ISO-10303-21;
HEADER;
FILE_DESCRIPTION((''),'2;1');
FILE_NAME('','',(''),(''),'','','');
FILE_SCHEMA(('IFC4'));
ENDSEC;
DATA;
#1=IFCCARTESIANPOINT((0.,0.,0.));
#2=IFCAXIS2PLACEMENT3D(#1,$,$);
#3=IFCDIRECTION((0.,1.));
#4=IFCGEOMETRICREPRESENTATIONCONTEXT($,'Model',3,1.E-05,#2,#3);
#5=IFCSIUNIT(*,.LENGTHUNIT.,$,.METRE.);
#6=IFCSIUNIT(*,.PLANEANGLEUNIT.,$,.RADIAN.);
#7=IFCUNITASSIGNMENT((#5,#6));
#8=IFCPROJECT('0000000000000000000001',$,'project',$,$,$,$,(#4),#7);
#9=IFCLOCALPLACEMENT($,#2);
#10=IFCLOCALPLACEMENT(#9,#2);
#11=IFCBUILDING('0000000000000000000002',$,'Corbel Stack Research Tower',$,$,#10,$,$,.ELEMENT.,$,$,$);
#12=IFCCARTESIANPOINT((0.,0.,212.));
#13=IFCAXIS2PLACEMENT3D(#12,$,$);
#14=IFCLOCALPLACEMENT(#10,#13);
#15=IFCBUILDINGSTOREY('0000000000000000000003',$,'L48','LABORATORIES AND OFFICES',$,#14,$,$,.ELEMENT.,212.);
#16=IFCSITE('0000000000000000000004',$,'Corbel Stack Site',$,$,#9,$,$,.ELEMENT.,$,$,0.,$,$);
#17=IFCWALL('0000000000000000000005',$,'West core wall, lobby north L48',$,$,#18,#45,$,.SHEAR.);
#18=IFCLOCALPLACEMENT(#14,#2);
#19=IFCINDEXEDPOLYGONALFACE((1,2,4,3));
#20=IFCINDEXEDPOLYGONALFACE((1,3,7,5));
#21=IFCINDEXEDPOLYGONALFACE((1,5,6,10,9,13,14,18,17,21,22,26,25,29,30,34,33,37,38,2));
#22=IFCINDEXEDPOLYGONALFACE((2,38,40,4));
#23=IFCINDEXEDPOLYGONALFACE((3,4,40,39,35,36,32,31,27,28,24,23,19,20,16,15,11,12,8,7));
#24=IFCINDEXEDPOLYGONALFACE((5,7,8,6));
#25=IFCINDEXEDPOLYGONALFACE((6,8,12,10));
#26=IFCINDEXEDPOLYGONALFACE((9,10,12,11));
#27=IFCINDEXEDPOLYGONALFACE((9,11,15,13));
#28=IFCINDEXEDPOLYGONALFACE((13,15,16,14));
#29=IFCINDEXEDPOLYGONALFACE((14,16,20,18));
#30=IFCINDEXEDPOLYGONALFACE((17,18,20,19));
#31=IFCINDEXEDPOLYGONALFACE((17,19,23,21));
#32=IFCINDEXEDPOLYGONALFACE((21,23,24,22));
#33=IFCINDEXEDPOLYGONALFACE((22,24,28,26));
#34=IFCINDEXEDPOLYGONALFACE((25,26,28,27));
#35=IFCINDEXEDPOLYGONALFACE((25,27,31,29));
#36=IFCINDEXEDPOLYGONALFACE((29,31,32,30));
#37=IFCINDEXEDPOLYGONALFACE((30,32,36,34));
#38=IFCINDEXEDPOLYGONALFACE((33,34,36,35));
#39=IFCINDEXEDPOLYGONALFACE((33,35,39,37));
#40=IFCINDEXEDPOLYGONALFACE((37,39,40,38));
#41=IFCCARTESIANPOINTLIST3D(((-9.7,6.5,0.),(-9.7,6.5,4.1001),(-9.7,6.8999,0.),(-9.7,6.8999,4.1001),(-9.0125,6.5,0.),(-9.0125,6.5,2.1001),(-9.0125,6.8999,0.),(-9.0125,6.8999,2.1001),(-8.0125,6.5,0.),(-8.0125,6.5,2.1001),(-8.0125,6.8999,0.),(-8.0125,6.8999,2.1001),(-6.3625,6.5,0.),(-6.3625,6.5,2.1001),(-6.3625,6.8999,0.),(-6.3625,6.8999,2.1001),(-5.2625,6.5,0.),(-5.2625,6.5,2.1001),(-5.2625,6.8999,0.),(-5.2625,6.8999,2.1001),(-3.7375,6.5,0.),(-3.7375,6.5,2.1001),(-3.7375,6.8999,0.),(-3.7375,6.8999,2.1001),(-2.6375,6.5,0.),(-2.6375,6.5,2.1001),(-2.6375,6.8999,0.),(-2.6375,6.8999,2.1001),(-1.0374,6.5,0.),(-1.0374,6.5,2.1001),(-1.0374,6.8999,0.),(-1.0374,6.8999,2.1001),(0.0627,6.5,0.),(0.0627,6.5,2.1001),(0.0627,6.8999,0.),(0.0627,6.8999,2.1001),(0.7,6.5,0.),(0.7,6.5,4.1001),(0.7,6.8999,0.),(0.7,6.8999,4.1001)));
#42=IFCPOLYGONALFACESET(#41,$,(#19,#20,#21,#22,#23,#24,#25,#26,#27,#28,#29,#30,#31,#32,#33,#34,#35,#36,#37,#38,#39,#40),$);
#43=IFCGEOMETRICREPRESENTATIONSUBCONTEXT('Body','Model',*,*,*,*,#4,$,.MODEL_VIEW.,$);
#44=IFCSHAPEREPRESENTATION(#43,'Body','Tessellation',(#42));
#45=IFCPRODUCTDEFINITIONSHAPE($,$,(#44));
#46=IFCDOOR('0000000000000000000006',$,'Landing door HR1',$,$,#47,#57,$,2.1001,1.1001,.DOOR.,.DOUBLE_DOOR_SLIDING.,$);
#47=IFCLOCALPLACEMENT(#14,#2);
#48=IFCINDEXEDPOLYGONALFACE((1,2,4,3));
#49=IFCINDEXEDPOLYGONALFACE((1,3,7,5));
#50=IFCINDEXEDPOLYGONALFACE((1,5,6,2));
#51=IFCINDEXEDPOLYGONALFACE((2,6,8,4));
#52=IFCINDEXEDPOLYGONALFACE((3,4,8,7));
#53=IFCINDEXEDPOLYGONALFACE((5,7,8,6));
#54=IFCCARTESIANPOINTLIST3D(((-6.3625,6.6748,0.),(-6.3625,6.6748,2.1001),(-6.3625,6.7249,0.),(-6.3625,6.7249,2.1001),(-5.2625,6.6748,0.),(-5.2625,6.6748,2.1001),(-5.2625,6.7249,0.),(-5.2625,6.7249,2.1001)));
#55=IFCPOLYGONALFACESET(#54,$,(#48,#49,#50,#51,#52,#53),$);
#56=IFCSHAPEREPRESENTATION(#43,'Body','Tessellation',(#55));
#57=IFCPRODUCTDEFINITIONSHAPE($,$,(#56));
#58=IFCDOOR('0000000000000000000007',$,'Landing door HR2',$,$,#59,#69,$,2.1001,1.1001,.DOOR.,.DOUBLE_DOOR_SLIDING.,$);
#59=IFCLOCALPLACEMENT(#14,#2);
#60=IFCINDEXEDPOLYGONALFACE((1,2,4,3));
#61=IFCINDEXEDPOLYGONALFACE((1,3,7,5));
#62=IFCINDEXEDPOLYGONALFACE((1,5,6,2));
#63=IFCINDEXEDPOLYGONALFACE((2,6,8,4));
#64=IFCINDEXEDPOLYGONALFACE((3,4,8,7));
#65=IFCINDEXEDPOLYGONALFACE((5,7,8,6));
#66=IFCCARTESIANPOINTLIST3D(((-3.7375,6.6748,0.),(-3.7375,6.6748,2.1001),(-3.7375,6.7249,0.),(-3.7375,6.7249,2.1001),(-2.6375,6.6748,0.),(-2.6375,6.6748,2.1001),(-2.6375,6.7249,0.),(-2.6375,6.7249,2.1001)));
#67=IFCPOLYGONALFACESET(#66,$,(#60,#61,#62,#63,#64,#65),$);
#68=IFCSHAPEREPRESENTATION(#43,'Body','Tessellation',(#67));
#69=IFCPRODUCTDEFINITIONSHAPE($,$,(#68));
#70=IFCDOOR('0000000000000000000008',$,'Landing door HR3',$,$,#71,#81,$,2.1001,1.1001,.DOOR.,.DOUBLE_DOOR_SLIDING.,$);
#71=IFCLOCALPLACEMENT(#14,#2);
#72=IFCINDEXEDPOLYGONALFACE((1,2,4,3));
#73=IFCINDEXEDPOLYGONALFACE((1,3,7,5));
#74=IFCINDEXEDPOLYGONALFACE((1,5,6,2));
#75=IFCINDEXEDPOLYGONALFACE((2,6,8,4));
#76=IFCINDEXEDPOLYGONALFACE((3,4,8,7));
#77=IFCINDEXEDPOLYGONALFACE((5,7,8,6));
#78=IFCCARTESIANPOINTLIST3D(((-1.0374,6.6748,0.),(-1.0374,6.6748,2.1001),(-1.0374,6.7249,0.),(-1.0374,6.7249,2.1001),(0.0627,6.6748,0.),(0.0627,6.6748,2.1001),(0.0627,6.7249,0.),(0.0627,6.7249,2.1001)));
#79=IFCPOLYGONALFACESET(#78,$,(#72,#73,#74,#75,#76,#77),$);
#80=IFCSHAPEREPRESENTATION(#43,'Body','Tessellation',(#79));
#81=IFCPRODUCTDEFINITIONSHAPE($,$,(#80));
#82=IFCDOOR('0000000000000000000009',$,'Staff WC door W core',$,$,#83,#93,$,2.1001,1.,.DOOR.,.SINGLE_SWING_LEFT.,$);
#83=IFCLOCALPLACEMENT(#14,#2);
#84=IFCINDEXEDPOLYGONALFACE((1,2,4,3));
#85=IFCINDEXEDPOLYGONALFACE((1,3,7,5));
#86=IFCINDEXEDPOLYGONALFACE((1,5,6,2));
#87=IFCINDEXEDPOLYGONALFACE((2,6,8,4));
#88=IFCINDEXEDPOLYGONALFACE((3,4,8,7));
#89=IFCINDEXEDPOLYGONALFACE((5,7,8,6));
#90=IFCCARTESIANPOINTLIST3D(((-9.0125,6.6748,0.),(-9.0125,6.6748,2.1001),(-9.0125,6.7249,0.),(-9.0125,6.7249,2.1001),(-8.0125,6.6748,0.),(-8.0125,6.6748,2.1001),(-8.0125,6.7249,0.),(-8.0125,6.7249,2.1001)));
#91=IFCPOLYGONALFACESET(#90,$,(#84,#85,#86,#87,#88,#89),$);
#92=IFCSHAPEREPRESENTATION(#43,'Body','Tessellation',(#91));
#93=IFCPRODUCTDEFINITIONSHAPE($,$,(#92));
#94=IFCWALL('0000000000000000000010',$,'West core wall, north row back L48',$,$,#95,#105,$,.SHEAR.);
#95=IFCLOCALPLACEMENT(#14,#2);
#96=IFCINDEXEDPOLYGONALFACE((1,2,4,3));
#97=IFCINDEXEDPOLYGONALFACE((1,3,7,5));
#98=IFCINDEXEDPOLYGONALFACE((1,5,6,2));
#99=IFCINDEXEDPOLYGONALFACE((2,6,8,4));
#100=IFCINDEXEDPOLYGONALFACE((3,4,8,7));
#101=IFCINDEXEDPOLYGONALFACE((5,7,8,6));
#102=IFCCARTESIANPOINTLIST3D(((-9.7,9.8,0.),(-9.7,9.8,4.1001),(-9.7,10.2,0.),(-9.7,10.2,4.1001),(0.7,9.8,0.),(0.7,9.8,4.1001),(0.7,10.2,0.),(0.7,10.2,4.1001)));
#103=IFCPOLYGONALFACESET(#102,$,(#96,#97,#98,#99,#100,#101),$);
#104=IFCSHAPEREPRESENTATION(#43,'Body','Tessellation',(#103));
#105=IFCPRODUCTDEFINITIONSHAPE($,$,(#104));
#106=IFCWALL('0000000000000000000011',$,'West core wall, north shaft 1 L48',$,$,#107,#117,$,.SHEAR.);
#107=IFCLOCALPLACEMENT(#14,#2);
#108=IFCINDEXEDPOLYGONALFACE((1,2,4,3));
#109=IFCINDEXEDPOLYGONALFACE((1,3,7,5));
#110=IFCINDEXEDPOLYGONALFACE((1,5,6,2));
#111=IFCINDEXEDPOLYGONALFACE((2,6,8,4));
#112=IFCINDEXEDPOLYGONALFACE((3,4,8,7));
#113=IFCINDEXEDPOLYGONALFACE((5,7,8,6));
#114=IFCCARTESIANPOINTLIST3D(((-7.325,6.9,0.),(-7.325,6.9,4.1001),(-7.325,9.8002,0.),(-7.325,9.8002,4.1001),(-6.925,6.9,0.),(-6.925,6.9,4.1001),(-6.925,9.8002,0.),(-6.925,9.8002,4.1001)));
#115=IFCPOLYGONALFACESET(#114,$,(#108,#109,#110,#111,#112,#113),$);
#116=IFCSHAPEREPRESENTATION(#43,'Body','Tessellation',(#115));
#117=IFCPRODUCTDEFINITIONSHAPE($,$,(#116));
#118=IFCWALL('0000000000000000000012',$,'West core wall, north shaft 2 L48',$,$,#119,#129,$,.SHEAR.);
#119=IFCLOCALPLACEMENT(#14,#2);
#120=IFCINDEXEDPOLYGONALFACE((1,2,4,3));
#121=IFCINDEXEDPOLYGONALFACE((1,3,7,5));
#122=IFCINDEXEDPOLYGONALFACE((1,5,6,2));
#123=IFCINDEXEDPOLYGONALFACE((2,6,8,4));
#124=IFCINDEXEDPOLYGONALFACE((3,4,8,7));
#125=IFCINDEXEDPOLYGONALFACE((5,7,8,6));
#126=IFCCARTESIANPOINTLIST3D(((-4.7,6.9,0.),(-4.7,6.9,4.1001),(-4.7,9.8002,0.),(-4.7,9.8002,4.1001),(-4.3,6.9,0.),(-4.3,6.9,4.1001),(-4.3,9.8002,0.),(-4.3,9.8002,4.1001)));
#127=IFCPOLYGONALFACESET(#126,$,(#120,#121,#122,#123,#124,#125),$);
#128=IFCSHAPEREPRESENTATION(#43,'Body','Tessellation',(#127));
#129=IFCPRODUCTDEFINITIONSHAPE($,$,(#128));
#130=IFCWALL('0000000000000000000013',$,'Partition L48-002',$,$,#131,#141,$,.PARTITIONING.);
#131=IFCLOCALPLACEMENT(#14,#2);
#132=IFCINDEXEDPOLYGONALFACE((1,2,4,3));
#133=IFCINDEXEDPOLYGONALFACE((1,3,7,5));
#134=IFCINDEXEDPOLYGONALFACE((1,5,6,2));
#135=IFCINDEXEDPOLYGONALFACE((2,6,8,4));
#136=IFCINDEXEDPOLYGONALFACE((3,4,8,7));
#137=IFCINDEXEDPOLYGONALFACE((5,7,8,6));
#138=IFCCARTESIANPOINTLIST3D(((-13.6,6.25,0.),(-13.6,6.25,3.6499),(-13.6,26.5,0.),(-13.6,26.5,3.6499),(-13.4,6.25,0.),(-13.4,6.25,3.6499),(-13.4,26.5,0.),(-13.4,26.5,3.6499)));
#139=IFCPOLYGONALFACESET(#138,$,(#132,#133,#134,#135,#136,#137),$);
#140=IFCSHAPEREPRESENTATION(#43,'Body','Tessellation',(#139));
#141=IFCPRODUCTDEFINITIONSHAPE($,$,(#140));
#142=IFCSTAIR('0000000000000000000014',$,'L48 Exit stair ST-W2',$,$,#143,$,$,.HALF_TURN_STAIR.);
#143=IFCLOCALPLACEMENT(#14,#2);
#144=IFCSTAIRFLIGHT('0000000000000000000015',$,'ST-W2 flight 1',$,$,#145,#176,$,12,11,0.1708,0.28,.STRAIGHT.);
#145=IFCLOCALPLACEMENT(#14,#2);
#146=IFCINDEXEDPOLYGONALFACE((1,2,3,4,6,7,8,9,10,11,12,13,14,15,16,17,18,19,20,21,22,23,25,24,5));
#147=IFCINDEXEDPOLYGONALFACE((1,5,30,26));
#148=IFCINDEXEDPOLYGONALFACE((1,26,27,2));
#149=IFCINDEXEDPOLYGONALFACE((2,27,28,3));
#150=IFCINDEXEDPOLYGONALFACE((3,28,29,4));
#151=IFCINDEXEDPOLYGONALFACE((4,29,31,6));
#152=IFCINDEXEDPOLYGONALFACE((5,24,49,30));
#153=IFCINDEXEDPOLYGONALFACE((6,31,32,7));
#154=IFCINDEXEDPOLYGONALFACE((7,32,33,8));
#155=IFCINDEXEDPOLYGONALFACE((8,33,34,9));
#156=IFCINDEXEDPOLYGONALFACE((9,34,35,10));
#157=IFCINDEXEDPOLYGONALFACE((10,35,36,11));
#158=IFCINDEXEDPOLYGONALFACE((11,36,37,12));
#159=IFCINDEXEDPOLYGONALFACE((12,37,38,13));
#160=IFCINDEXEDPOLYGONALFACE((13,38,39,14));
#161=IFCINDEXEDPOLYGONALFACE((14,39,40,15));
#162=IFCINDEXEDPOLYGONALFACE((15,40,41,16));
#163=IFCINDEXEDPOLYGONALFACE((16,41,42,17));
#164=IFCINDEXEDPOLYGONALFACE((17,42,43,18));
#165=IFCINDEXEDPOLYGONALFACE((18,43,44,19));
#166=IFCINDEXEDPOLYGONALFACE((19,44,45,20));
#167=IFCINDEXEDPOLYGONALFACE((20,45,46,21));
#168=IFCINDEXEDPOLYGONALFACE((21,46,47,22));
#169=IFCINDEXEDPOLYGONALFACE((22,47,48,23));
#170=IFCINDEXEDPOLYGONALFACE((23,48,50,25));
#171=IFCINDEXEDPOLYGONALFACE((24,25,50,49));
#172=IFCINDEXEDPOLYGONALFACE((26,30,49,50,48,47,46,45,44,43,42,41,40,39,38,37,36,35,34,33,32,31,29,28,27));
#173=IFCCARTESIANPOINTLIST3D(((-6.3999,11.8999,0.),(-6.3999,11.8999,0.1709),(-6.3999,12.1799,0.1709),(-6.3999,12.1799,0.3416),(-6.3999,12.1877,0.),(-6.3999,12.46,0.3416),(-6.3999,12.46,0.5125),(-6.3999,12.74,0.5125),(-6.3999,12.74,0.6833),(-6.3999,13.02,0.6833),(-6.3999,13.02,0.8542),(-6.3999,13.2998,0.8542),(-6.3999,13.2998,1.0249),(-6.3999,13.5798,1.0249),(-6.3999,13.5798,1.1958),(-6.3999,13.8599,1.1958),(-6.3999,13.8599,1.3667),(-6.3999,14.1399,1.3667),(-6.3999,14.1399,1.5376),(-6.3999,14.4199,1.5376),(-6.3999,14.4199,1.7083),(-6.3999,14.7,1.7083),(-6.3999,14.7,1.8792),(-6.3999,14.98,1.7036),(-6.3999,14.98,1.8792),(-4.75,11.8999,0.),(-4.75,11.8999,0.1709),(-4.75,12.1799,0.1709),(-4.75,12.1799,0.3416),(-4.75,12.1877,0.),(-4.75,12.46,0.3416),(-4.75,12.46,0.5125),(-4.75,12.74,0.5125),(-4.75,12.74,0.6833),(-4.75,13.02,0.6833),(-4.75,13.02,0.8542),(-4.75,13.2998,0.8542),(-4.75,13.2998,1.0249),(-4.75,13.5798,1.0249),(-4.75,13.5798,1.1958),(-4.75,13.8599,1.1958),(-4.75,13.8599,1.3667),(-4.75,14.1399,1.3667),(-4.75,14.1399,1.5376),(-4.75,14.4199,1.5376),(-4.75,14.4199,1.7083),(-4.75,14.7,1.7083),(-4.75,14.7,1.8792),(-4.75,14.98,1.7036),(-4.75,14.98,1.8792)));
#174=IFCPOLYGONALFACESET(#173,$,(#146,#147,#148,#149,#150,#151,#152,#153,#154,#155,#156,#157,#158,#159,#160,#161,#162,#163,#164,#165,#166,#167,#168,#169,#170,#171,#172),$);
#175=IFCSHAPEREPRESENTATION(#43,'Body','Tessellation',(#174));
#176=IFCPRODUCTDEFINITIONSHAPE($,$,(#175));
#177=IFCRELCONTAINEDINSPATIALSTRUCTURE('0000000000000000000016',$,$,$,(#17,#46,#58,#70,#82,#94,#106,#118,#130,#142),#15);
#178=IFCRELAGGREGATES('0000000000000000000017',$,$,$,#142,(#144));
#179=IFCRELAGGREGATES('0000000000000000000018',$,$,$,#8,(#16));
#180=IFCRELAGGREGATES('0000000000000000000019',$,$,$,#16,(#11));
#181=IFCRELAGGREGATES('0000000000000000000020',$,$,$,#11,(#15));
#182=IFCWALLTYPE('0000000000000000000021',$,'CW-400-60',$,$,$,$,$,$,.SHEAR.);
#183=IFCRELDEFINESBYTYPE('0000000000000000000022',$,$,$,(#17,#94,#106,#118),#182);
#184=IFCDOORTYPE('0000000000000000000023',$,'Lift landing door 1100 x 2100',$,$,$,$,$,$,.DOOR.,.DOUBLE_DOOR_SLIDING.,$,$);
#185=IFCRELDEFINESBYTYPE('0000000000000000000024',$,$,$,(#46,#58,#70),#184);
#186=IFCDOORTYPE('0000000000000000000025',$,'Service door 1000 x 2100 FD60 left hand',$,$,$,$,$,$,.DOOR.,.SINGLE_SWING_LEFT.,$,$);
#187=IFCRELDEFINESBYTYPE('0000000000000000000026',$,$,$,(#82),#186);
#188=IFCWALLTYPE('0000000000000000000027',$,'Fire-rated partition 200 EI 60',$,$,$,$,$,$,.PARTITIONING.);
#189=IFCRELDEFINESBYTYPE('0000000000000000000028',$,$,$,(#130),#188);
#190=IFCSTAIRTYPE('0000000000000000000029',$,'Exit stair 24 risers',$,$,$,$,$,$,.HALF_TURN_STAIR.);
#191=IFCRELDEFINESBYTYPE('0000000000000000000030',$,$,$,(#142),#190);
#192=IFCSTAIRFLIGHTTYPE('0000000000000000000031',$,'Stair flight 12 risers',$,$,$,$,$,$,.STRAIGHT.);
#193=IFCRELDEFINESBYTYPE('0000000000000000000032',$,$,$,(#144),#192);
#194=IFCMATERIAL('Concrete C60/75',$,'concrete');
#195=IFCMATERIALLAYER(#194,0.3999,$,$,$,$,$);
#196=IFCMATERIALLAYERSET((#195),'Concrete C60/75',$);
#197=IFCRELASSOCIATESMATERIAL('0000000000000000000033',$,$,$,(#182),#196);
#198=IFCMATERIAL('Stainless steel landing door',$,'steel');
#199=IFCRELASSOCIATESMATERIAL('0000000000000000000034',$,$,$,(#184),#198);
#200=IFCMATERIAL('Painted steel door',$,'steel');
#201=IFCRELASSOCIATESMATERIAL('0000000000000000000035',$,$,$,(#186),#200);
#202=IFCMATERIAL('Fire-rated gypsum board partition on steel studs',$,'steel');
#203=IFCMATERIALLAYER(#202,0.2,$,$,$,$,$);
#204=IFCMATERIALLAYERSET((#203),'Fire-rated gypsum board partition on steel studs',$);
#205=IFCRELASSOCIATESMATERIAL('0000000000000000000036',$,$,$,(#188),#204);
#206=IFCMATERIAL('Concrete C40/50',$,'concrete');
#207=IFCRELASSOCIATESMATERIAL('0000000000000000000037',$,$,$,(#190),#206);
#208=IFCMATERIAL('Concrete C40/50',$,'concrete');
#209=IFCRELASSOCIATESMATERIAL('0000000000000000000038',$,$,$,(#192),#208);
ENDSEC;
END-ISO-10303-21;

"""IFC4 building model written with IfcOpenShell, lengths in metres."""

from ifc_helpers import new_model, si_unit, direction, frame, frame_2d, origin, place, context, subcontext, project, spatial, polyline, rectangle, outline, extrude, material, layer, layer_set, type_object, element, fill, aggregate, save


model = new_model("IFC4")

# Units and contexts
model_context = context("Model", 3, precision=1e-05, world=origin(), true_north=direction((0.0, 1.0)))
body_context = subcontext(model_context, "Body", "Model", "MODEL_VIEW")
ifc_project = project(units=[si_unit("LENGTHUNIT", "METRE"), si_unit("PLANEANGLEUNIT", "RADIAN")], contexts=[model_context])

# Site, building, storey
site_placement = place(None, origin())
site = spatial("IfcSite", under=ifc_project, at=site_placement, Name="Corbel Stack Site", CompositionType="ELEMENT", RefElevation=0.0)
building_placement = place(site_placement, origin())
building = spatial("IfcBuilding", under=site, at=building_placement, Name="Corbel Stack Research Tower", CompositionType="ELEMENT")
storey_placement = place(building_placement, frame((0.0, 0.0, 212.0)))
storey = spatial("IfcBuildingStorey", under=building, at=storey_placement, Name="L48", Description="LABORATORIES AND OFFICES", CompositionType="ELEMENT", Elevation=212.0)

# Wall, openings, doors
ifc_material_1 = material(Name="Concrete C60/75", Category="concrete")
ifc_layer_1 = layer(ifc_material_1, 0.3999)
ifc_layer_set_1 = layer_set([ifc_layer_1], Name="Concrete C60/75")
wall_type_1 = type_object("IfcWallType", Name="CW-400-60", PredefinedType="SHEAR", material=ifc_layer_set_1)
ifc_material_2 = material(Name="Stainless steel landing door", Category="steel")
door_type_1 = type_object("IfcDoorType", Name="Lift landing door 1100 x 2100", OperationType="DOUBLE_DOOR_SLIDING", PredefinedType="DOOR", material=ifc_material_2)
ifc_material_3 = material(Name="Painted steel door", Category="steel")
door_type_2 = type_object("IfcDoorType", Name="Service door 1000 x 2100 FD60 left hand", OperationType="SINGLE_SWING_LEFT", PredefinedType="DOOR", material=ifc_material_3)
wall_1_placement = place(storey_placement, frame((-9.7, 6.7, 0.0), z_axis=(0.0, 0.0, 1.0), x_axis=(1.0, 0.0, 0.0)))
wall_1 = element("IfcWall", 1, at=wall_1_placement, inside=storey, type_object=wall_type_1, Name="West core wall, lobby north L48", PredefinedType="SHEAR", context=body_context, shape_type="SweptSolid", body=[
    extrude(rectangle(XDim=10.3999, YDim=0.3999, at=frame_2d((5.2, 0.0))), origin(), (0.0, 0.0, 1.0), 4.1001),
])
opening_1_placement = place(wall_1_placement, frame((3.3374, 0.0, 0.0)))
opening_1 = element("IfcOpeningElement", 2, at=opening_1_placement, cuts=wall_1, PredefinedType="OPENING", context=body_context, shape_type="SweptSolid", body=[
    extrude(rectangle(XDim=1.1001, YDim=2.1001, at=frame_2d((0.55, 1.05))), frame((0.0, 0.21, 0.0), z_axis=(0.0, -1.0, 0.0), x_axis=(1.0, 0.0, 0.0)), (0.0, 0.0, 1.0), 0.4199),
])
opening_2_placement = place(wall_1_placement, frame((5.9624, 0.0, 0.0)))
opening_2 = element("IfcOpeningElement", 3, at=opening_2_placement, cuts=wall_1, PredefinedType="OPENING", context=body_context, shape_type="SweptSolid", body=[
    extrude(rectangle(XDim=1.1001, YDim=2.1001, at=frame_2d((0.55, 1.05))), frame((0.0, 0.21, 0.0), z_axis=(0.0, -1.0, 0.0), x_axis=(1.0, 0.0, 0.0)), (0.0, 0.0, 1.0), 0.4199),
])
opening_3_placement = place(wall_1_placement, frame((8.6626, 0.0, 0.0)))
opening_3 = element("IfcOpeningElement", 4, at=opening_3_placement, cuts=wall_1, PredefinedType="OPENING", context=body_context, shape_type="SweptSolid", body=[
    extrude(rectangle(XDim=1.1001, YDim=2.1001, at=frame_2d((0.55, 1.05))), frame((0.0, 0.21, 0.0), z_axis=(0.0, -1.0, 0.0), x_axis=(1.0, 0.0, 0.0)), (0.0, 0.0, 1.0), 0.4199),
])
opening_4_placement = place(wall_1_placement, frame((0.6875, 0.0, 0.0)))
opening_4 = element("IfcOpeningElement", 5, at=opening_4_placement, cuts=wall_1, PredefinedType="OPENING", context=body_context, shape_type="SweptSolid", body=[
    extrude(rectangle(XDim=1.0, YDim=2.1001, at=frame_2d((0.5, 1.05))), frame((0.0, 0.21, 0.0), z_axis=(0.0, -1.0, 0.0), x_axis=(1.0, 0.0, 0.0)), (0.0, 0.0, 1.0), 0.4199),
])
door_1_placement = place(opening_1_placement, origin())
door_1 = element("IfcDoor", 6, at=door_1_placement, inside=storey, type_object=door_type_1, Name="Landing door HR1", OperationType="DOUBLE_DOOR_SLIDING", OverallHeight=2.1001, OverallWidth=1.1001, PredefinedType="DOOR", context=body_context, shape_type="SweptSolid", body=[
    extrude(rectangle(XDim=1.1001, YDim=2.1001, at=frame_2d((0.55, 1.05))), frame((0.0, 0.0249, 0.0), z_axis=(0.0, -1.0, 0.0), x_axis=(1.0, 0.0, 0.0)), (0.0, 0.0, 1.0), 0.05),
])
fill(opening_1, door_1)
door_2_placement = place(opening_2_placement, origin())
door_2 = element("IfcDoor", 7, at=door_2_placement, inside=storey, type_object=door_type_1, Name="Landing door HR2", OperationType="DOUBLE_DOOR_SLIDING", OverallHeight=2.1001, OverallWidth=1.1001, PredefinedType="DOOR", context=body_context, shape_type="SweptSolid", body=[
    extrude(rectangle(XDim=1.1001, YDim=2.1001, at=frame_2d((0.55, 1.05))), frame((0.0, 0.0249, 0.0), z_axis=(0.0, -1.0, 0.0), x_axis=(1.0, 0.0, 0.0)), (0.0, 0.0, 1.0), 0.05),
])
fill(opening_2, door_2)
door_3_placement = place(opening_3_placement, origin())
door_3 = element("IfcDoor", 8, at=door_3_placement, inside=storey, type_object=door_type_1, Name="Landing door HR3", OperationType="DOUBLE_DOOR_SLIDING", OverallHeight=2.1001, OverallWidth=1.1001, PredefinedType="DOOR", context=body_context, shape_type="SweptSolid", body=[
    extrude(rectangle(XDim=1.1001, YDim=2.1001, at=frame_2d((0.55, 1.05))), frame((0.0, 0.0249, 0.0), z_axis=(0.0, -1.0, 0.0), x_axis=(1.0, 0.0, 0.0)), (0.0, 0.0, 1.0), 0.05),
])
fill(opening_3, door_3)
door_4_placement = place(opening_4_placement, origin())
door_4 = element("IfcDoor", 9, at=door_4_placement, inside=storey, type_object=door_type_2, Name="Staff WC door W core", OperationType="SINGLE_SWING_LEFT", OverallHeight=2.1001, OverallWidth=1.0, PredefinedType="DOOR", context=body_context, shape_type="SweptSolid", body=[
    extrude(rectangle(XDim=1.0, YDim=2.1001, at=frame_2d((0.5, 1.05))), frame((0.0, 0.0249, 0.0), z_axis=(0.0, -1.0, 0.0), x_axis=(1.0, 0.0, 0.0)), (0.0, 0.0, 1.0), 0.05),
])
fill(opening_4, door_4)

# Walls
wall_2_placement = place(storey_placement, frame((-9.7, 10.0, 0.0), z_axis=(0.0, 0.0, 1.0), x_axis=(1.0, 0.0, 0.0)))
element("IfcWall", 10, at=wall_2_placement, inside=storey, type_object=wall_type_1, Name="West core wall, north row back L48", PredefinedType="SHEAR", context=body_context, shape_type="SweptSolid", body=[
    extrude(rectangle(XDim=10.3999, YDim=0.3999, at=frame_2d((5.2, 0.0))), origin(), (0.0, 0.0, 1.0), 4.1001),
])
for number, where, z_axis, x_axis, name in (
    (11, (-7.125, 6.8999, 0.0), (0.0, 0.0, 1.0), (0.0, 1.0, 0.0), "West core wall, north shaft 1 L48"),
    (12, (-4.5, 6.8999, 0.0), (0.0, 0.0, 1.0), (0.0, 1.0, 0.0), "West core wall, north shaft 2 L48"),
):
    element("IfcWall", number, at=place(storey_placement, frame(where, z_axis=z_axis, x_axis=x_axis)), inside=storey, type_object=wall_type_1, Name=name, PredefinedType="SHEAR", context=body_context, shape_type="SweptSolid", body=[
        extrude(rectangle(XDim=2.9001, YDim=0.3999, at=frame_2d((1.4502, 0.0))), origin(), (0.0, 0.0, 1.0), 4.1001),
    ])
ifc_material_4 = material(Name="Fire-rated gypsum board partition on steel studs", Category="steel")
ifc_layer_2 = layer(ifc_material_4, 0.2)
ifc_layer_set_2 = layer_set([ifc_layer_2], Name="Fire-rated gypsum board partition on steel studs")
wall_type_2 = type_object("IfcWallType", Name="Fire-rated partition 200 EI 60", PredefinedType="PARTITIONING", material=ifc_layer_set_2)
wall_3_placement = place(storey_placement, frame((-13.5, 6.25, 0.0), z_axis=(0.0, 0.0, 1.0), x_axis=(0.0, 1.0, 0.0)))
element("IfcWall", 13, at=wall_3_placement, inside=storey, type_object=wall_type_2, Name="Partition L48-002", PredefinedType="PARTITIONING", context=body_context, shape_type="SweptSolid", body=[
    extrude(rectangle(XDim=20.25, YDim=0.2, at=frame_2d((10.125, 0.0))), origin(), (0.0, 0.0, 1.0), 3.6499),
])

# Stair, stair flight
ifc_material_5 = material(Name="Concrete C40/50", Category="concrete")
stair_type = type_object("IfcStairType", Name="Exit stair 24 risers", PredefinedType="HALF_TURN_STAIR", material=ifc_material_5)
stair_placement = place(storey_placement, origin())
stair = element("IfcStair", 14, at=stair_placement, inside=storey, type_object=stair_type, Name="L48 Exit stair ST-W2", PredefinedType="HALF_TURN_STAIR")
ifc_material_6 = material(Name="Concrete C40/50", Category="concrete")
stair_flight_type = type_object("IfcStairFlightType", Name="Stair flight 12 risers", PredefinedType="STRAIGHT", material=ifc_material_6)
stair_flight_placement = place(storey_placement, frame((-5.575, 11.8999, 0.0), z_axis=(0.0, 0.0, 1.0), x_axis=(0.0, 1.0, 0.0)))
stair_flight = element("IfcStairFlight", 15, at=stair_flight_placement, type_object=stair_flight_type, Name="ST-W2 flight 1", NumberOfRisers=12, NumberOfTreads=11, PredefinedType="STRAIGHT", RiserHeight=0.1708, TreadLength=0.28, context=body_context, shape_type="SweptSolid", body=[
    extrude(outline(polyline([(0.0, 0.0), (0.0, 0.1709), (0.28, 0.1709), (0.28, 0.3416), (0.5601, 0.3416), (0.5601, 0.5125), (0.8401, 0.5125), (0.8401, 0.6833), (1.1201, 0.6833), (1.1201, 0.8542), (1.3999, 0.8542), (1.3999, 1.0249), (1.6799, 1.0249), (1.6799, 1.1958), (1.96, 1.1958), (1.96, 1.3667), (2.24, 1.3667), (2.24, 1.5376), (2.52, 1.5376), (2.52, 1.7083), (2.8, 1.7083), (2.8, 1.8792), (3.0801, 1.8792), (3.0801, 2.05), (3.0801, 1.7036), (0.2878, 0.0), (0.0, 0.0)])), frame((0.0, 0.825, 0.0), z_axis=(0.0, -1.0, 0.0), x_axis=(1.0, 0.0, 0.0)), (0.0, 0.0, 1.0), 1.6499),
])
aggregate(stair, [stair_flight])

save(model, "model.ifc")
